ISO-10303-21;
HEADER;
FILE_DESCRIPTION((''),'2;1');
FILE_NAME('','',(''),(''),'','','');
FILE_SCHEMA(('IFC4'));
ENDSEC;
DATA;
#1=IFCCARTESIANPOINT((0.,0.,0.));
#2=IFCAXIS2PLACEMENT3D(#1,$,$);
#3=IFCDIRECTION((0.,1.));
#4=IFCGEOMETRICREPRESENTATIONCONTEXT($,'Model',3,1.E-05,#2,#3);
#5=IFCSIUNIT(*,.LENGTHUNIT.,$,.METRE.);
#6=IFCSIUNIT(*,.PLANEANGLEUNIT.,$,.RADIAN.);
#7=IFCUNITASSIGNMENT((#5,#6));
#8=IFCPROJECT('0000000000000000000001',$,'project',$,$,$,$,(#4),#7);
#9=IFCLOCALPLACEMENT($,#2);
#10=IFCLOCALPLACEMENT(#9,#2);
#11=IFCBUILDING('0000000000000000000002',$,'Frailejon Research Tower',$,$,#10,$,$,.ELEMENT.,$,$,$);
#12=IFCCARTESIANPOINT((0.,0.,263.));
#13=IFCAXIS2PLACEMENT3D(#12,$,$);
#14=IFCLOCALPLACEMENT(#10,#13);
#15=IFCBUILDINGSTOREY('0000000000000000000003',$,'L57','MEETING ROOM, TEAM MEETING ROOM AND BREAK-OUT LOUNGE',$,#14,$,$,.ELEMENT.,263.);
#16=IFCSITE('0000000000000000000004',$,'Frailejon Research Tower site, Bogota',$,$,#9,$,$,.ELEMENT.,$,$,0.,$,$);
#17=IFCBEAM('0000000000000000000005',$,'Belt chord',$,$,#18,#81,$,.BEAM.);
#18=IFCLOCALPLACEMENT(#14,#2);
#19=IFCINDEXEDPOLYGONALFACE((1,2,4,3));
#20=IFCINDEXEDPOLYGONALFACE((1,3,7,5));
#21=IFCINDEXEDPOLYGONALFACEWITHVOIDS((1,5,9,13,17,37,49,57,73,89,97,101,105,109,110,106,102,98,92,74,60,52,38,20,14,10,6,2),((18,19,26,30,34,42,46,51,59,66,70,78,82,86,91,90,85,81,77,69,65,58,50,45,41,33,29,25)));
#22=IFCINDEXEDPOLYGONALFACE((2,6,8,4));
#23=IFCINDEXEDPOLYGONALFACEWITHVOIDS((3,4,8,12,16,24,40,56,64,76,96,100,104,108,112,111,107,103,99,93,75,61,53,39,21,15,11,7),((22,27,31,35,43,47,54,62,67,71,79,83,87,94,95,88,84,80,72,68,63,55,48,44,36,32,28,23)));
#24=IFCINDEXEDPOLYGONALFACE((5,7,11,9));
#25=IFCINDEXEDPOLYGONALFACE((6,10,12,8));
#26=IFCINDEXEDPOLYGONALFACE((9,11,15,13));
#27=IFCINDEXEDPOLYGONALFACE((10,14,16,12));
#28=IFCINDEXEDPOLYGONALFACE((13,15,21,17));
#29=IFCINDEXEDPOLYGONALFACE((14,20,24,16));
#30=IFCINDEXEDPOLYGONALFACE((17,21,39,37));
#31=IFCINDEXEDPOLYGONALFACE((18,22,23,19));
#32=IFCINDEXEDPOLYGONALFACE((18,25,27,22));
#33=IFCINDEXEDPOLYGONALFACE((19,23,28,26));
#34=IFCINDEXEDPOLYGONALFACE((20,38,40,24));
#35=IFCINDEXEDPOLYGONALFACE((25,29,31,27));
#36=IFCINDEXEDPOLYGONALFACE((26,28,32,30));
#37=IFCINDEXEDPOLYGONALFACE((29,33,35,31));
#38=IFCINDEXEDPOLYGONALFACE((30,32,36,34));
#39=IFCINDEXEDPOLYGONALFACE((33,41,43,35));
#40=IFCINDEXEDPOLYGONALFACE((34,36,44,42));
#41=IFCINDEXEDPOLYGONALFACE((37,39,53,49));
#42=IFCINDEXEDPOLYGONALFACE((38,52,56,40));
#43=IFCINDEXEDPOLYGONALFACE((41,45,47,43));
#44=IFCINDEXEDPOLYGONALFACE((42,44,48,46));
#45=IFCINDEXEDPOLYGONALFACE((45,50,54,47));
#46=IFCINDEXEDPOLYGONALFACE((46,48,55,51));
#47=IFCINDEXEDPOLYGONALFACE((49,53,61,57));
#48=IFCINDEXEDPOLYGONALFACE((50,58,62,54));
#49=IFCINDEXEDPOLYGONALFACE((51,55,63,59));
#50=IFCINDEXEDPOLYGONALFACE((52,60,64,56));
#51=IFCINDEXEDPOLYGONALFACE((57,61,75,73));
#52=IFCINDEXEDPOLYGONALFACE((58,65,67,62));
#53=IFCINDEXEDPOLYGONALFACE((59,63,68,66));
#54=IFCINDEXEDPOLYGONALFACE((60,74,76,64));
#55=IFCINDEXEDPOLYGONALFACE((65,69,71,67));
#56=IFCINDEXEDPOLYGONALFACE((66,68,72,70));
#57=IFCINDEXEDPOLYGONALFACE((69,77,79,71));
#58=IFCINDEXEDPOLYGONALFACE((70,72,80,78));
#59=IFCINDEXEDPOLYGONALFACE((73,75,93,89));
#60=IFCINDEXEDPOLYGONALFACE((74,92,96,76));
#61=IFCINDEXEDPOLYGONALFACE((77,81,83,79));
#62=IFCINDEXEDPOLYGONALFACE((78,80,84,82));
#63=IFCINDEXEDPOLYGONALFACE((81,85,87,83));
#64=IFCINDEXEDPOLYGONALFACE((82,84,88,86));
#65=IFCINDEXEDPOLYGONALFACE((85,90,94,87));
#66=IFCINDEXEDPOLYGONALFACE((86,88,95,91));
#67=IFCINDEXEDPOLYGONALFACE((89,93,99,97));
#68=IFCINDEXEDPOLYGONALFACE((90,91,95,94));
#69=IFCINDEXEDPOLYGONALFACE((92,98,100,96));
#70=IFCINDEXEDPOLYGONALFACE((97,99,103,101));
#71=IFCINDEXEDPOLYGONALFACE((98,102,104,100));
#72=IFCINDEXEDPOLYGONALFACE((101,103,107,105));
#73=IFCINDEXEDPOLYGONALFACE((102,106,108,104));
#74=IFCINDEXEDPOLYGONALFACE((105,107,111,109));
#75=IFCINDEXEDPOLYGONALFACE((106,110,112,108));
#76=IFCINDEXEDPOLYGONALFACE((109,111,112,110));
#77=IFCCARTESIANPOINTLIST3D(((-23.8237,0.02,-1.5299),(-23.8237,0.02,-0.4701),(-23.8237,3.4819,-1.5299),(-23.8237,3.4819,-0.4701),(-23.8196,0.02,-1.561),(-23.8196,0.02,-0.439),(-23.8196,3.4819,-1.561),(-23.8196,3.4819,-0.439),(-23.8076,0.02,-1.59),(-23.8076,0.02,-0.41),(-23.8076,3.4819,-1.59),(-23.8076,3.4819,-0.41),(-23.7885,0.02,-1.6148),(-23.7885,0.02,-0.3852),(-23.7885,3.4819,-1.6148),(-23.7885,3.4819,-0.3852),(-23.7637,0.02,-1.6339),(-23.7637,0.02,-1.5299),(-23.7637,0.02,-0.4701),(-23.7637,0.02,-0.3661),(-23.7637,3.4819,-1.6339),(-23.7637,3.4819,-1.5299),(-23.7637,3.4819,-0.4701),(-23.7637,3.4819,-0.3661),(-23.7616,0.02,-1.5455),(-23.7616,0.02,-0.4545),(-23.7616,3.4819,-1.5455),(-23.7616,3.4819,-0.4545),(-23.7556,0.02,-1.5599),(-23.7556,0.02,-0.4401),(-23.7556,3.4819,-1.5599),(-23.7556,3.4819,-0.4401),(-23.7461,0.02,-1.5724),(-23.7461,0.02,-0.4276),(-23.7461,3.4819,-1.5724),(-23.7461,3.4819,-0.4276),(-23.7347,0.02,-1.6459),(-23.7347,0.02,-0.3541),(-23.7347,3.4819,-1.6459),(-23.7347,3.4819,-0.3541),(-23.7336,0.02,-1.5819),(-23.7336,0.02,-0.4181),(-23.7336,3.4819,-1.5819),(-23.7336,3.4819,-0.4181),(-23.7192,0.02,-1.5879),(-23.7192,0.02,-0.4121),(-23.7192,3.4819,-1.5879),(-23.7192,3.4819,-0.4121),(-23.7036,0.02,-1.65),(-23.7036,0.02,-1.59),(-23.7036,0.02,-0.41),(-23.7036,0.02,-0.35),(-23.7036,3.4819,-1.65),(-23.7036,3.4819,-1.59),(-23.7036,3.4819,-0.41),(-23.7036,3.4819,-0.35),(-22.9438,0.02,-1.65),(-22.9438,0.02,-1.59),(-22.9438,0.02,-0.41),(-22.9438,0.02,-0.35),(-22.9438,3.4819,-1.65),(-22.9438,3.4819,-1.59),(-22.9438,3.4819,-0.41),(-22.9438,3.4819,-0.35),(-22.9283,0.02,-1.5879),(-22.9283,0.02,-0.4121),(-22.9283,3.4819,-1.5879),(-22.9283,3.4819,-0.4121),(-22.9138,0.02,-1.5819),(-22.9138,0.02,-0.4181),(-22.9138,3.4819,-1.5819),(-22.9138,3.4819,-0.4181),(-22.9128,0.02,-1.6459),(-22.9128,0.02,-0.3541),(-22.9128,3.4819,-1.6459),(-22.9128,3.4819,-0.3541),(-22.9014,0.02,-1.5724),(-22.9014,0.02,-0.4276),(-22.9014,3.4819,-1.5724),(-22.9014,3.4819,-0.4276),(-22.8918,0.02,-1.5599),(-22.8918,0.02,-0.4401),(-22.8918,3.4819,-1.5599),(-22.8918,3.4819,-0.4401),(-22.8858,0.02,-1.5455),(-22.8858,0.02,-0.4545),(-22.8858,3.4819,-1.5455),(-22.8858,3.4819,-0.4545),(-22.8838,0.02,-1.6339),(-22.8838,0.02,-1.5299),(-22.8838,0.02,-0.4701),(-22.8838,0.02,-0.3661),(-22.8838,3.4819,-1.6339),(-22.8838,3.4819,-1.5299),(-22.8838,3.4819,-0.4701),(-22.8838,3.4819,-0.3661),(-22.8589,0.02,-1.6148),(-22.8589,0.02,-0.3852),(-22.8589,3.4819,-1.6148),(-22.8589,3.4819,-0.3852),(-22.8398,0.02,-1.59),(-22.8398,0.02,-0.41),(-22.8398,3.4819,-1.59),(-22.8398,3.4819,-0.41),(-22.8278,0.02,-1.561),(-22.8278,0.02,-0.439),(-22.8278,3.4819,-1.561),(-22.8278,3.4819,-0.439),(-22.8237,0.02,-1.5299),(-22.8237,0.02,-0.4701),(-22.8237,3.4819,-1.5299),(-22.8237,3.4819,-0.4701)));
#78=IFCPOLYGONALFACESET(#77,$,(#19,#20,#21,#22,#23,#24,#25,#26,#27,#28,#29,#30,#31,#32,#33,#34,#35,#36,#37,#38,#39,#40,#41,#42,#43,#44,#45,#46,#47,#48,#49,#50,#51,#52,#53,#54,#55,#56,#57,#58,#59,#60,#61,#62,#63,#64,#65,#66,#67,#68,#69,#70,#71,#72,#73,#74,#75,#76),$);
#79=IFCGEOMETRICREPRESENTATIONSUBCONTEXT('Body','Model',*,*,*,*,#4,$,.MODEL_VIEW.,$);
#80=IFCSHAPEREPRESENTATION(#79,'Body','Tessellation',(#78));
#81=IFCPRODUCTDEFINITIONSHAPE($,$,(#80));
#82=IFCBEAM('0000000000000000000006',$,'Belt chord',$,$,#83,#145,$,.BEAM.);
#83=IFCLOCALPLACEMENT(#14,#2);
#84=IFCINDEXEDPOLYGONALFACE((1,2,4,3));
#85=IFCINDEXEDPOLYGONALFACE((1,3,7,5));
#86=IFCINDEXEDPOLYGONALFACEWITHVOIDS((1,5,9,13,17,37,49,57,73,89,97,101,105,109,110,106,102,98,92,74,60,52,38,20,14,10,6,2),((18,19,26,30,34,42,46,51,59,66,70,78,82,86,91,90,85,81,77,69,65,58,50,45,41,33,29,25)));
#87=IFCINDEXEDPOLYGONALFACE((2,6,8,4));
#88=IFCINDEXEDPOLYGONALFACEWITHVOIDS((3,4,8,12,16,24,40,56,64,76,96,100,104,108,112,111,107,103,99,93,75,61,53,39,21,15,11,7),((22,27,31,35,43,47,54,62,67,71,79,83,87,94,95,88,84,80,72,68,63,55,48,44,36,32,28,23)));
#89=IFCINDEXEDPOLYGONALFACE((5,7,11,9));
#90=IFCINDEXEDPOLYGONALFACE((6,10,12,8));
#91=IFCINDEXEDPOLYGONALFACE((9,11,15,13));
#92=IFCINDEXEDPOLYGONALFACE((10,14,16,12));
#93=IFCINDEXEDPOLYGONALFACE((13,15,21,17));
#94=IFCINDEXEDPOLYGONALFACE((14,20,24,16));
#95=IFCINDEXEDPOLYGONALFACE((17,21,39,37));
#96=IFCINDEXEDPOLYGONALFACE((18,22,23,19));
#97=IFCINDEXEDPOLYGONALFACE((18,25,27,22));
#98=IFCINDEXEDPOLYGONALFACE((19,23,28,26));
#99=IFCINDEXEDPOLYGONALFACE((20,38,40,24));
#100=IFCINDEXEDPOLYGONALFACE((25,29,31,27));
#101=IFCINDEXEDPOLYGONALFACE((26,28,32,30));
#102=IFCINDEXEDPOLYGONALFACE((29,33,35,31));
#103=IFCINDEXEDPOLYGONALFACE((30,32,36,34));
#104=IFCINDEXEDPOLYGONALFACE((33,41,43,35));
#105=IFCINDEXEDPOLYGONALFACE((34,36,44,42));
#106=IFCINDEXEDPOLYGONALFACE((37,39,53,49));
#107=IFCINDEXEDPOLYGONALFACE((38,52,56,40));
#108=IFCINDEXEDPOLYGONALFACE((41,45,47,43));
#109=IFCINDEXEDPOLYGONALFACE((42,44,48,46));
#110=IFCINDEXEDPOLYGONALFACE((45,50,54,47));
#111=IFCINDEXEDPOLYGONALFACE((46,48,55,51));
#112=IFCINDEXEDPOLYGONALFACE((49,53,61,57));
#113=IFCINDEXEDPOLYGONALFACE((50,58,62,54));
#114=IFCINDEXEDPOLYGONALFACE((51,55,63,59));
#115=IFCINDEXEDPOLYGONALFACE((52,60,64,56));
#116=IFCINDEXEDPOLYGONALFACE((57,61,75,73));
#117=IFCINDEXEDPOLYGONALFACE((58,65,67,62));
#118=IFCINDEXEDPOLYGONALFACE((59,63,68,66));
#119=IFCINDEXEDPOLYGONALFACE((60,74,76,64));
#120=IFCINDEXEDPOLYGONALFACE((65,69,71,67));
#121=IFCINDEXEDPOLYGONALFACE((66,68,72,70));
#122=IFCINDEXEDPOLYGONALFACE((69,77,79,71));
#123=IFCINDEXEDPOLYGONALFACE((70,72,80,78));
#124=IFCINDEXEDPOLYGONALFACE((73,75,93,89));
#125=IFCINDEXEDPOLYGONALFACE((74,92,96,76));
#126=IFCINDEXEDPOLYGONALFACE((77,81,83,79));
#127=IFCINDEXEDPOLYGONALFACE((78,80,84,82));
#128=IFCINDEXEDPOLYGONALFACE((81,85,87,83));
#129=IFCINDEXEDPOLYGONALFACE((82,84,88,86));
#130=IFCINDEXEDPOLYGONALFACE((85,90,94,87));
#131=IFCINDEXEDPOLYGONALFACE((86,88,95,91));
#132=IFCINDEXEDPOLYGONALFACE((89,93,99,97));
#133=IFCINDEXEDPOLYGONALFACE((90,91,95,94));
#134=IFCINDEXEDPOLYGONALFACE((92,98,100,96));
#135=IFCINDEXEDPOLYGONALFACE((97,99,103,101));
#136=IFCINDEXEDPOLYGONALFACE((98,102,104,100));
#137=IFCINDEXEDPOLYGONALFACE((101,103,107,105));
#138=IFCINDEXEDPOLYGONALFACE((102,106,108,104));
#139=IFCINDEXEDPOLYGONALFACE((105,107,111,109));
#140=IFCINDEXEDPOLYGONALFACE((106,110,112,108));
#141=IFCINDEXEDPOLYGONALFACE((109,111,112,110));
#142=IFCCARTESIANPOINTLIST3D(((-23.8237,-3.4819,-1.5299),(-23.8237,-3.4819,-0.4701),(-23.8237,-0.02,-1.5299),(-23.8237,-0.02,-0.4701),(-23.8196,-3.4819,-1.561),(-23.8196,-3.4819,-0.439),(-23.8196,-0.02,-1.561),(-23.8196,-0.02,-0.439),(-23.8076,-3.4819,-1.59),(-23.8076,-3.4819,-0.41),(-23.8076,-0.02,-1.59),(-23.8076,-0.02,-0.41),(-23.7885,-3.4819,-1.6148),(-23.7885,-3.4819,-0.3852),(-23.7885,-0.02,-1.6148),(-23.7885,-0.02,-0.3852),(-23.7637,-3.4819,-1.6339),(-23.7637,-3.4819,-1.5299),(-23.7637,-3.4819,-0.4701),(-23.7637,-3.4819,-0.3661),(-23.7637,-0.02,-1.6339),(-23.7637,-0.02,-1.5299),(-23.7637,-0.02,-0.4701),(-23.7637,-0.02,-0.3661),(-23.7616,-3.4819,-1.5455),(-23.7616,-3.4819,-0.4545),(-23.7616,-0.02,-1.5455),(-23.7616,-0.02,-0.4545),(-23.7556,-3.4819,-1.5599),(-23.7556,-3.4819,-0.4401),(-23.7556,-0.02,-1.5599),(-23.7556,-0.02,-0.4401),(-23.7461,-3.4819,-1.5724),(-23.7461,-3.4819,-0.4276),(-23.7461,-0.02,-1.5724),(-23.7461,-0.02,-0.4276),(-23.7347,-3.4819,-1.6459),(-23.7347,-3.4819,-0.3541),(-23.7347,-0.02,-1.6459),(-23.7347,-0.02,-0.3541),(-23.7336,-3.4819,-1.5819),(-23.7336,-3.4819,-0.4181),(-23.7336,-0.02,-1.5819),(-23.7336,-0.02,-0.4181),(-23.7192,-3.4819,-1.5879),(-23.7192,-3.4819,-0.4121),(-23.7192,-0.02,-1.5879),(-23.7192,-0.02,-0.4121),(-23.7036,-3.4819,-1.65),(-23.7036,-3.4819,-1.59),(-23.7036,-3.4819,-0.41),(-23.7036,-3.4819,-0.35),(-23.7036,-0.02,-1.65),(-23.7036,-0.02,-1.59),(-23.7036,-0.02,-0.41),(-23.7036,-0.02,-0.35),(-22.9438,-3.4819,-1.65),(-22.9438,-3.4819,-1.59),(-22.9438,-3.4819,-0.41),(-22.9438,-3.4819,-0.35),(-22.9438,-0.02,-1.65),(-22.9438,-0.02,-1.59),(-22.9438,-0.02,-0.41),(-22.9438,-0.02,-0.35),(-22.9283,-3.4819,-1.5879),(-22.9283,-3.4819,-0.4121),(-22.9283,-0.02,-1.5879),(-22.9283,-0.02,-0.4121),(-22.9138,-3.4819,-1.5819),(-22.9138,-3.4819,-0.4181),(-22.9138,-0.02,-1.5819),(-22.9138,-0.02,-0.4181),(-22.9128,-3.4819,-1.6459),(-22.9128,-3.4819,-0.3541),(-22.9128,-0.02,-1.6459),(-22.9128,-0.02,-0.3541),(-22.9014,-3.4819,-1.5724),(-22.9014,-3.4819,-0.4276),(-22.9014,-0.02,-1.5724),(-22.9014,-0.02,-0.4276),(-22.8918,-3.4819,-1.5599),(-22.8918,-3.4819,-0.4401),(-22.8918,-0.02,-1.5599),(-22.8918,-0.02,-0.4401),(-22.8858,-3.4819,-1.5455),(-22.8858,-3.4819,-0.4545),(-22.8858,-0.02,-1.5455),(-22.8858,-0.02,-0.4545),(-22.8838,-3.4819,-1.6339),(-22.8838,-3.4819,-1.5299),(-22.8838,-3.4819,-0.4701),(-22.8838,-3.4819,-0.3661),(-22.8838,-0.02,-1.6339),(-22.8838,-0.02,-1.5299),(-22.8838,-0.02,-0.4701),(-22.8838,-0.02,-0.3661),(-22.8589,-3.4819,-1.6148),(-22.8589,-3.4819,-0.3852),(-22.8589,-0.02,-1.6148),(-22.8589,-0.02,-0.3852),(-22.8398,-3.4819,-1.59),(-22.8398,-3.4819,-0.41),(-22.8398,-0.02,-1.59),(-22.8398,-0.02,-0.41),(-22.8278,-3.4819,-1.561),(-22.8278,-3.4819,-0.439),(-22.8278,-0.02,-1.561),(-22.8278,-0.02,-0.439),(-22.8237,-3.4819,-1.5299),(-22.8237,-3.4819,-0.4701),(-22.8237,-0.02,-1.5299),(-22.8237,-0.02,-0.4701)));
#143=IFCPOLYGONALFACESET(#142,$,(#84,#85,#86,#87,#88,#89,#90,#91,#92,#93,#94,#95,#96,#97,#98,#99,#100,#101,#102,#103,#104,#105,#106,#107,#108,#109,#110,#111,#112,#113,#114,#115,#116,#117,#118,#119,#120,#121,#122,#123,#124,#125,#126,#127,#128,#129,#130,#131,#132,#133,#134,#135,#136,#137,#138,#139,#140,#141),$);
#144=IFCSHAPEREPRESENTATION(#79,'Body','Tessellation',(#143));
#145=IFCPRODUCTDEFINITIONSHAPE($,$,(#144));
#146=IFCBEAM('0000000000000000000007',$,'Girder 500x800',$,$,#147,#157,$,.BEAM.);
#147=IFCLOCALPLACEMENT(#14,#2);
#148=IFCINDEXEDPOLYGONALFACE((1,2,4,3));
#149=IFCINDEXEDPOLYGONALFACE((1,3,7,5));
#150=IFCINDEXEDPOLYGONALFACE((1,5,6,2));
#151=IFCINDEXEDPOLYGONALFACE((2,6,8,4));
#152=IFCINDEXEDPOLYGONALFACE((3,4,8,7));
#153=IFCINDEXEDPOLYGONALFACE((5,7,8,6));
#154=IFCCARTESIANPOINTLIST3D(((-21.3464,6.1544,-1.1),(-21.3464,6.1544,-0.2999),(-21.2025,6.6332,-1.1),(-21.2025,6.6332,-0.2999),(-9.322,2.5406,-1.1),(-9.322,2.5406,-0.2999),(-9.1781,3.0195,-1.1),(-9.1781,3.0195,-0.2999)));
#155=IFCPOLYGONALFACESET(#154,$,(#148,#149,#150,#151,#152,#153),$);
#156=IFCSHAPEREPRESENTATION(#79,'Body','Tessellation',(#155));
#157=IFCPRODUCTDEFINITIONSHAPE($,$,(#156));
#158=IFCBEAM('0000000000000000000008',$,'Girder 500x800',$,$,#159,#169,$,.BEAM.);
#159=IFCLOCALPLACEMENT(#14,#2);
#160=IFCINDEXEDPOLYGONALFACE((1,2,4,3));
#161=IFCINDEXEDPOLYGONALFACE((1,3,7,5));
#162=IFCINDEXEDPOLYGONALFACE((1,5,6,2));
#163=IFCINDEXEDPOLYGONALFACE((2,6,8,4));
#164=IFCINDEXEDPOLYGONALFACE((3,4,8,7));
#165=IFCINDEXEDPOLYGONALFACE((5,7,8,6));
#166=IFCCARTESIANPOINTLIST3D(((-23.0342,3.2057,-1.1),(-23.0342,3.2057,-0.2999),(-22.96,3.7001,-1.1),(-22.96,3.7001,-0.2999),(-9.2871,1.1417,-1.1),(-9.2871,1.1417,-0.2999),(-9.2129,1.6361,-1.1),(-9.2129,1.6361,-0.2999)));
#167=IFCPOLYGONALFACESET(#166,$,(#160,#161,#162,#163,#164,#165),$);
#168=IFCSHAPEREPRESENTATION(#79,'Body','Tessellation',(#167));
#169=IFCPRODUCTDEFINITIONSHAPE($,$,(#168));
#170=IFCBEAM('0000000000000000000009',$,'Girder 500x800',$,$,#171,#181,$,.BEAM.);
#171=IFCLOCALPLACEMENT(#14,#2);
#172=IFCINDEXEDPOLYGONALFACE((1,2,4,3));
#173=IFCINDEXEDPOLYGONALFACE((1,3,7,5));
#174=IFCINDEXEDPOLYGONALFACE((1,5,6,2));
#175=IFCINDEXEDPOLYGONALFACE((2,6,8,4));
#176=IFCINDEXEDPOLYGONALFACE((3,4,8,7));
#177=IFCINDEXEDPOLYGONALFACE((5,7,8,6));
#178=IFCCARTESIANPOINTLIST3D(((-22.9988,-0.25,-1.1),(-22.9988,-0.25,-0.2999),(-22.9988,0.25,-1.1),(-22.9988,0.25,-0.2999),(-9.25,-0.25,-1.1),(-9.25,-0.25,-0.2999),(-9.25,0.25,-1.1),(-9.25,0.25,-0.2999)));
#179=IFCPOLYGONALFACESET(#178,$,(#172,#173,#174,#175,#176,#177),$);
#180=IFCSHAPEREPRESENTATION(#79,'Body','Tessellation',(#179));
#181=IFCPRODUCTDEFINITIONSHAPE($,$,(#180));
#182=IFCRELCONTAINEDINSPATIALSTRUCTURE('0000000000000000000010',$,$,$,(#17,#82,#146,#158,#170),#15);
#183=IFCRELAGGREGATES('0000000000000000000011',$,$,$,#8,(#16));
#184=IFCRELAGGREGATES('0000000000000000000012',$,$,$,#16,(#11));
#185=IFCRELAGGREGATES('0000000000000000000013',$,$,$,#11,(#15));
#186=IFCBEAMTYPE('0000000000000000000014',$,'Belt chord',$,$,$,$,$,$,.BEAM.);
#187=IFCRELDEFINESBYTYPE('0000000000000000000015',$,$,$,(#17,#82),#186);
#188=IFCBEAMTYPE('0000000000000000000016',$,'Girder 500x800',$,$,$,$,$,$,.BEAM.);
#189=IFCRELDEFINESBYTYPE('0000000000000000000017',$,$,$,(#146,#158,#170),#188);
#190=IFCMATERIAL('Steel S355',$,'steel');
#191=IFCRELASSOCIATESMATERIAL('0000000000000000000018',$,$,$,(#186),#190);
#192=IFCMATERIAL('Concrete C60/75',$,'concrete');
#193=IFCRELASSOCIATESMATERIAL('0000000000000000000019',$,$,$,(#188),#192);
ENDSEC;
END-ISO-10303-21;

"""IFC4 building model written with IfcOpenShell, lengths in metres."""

from ifc_helpers import new_model, si_unit, direction, frame, origin, origin_2d, place, context, subcontext, project, spatial, rectangle, hollow_rectangle, extrude, material, material_profile, profile_set, type_object, element, save


model = new_model("IFC4")

# Units and contexts
model_context = context("Model", 3, precision=1e-05, world=origin(), true_north=direction((0.0, 1.0)))
body_context = subcontext(model_context, "Body", "Model", "MODEL_VIEW")
ifc_project = project(units=[si_unit("LENGTHUNIT", "METRE"), si_unit("PLANEANGLEUNIT", "RADIAN")], contexts=[model_context])

# Site, building, storey
site_placement = place(None, origin())
site = spatial("IfcSite", under=ifc_project, at=site_placement, Name="Frailejon Research Tower site, Bogota", CompositionType="ELEMENT", RefElevation=0.0)
building_placement = place(site_placement, origin())
building = spatial("IfcBuilding", under=site, at=building_placement, Name="Frailejon Research Tower", CompositionType="ELEMENT")
storey_placement = place(building_placement, frame((0.0, 0.0, 263.0)))
storey = spatial("IfcBuildingStorey", under=building, at=storey_placement, Name="L57", Description="MEETING ROOM, TEAM MEETING ROOM AND BREAK-OUT LOUNGE", CompositionType="ELEMENT", Elevation=263.0)

# Beams
ifc_material_1 = material(Name="Steel S355", Category="steel")
ifc_material_profile_1 = material_profile(ifc_material_1, hollow_rectangle(XDim=1.0, YDim=1.3, WallThickness=0.0601, InnerFilletRadius=0.0601, OuterFilletRadius=0.1201, at=origin_2d()), Name="Belt chord")
ifc_profile_set_1 = profile_set([ifc_material_profile_1], Name="Steel S355")
beam_type_1 = type_object("IfcBeamType", Name="Belt chord", PredefinedType="BEAM", material=ifc_profile_set_1)
for number, where, z_axis, x_axis, name in (
    (1, (-23.3237, 3.4819, -1.0), (0.0, -1.0, 0.0), (1.0, 0.0, 0.0), "Belt chord"),
    (2, (-23.3237, -0.02, -1.0), (0.0, -1.0, 0.0), (1.0, 0.0, 0.0), "Belt chord"),
):
    element("IfcBeam", number, at=place(storey_placement, frame(where, z_axis=z_axis, x_axis=x_axis)), inside=storey, type_object=beam_type_1, Name=name, PredefinedType="BEAM", context=body_context, shape_type="SweptSolid", body=[
        extrude(hollow_rectangle(XDim=1.0, YDim=1.3, WallThickness=0.0601, InnerFilletRadius=0.0601, OuterFilletRadius=0.1201, at=origin_2d()), origin(), (0.0, 0.0, 1.0), 3.4619),
    ])
ifc_material_2 = material(Name="Concrete C60/75", Category="concrete")
ifc_material_profile_2 = material_profile(ifc_material_2, rectangle(XDim=0.5, YDim=0.8, at=origin_2d()), Name="Girder 500x800")
ifc_profile_set_2 = profile_set([ifc_material_profile_2], Name="Concrete C60/75")
beam_type_2 = type_object("IfcBeamType", Name="Girder 500x800", PredefinedType="BEAM", material=ifc_profile_set_2)
beam_1_placement = place(storey_placement, frame((-21.2744, 6.3938, -0.7), z_axis=(0.957685, -0.287819, 0.0), x_axis=(0.287819, 0.957685, 0.0)))
element("IfcBeam", 3, at=beam_1_placement, inside=storey, type_object=beam_type_2, Name="Girder 500x800", PredefinedType="BEAM", context=body_context, shape_type="SweptSolid", body=[
    extrude(rectangle(XDim=0.5, YDim=0.8, at=origin_2d()), origin(), (0.0, 0.0, 1.0), 12.5557),
])
beam_2_placement = place(storey_placement, frame((-22.9971, 3.4529, -0.7), z_axis=(0.988916, -0.148474, 0.0), x_axis=(0.148474, 0.988916, 0.0)))
element("IfcBeam", 4, at=beam_2_placement, inside=storey, type_object=beam_type_2, Name="Girder 500x800", PredefinedType="BEAM", context=body_context, shape_type="SweptSolid", body=[
    extrude(rectangle(XDim=0.5, YDim=0.8, at=origin_2d()), origin(), (0.0, 0.0, 1.0), 13.9011),
])
beam_3_placement = place(storey_placement, frame((-22.9988, 0.0, -0.7), z_axis=(1.0, 0.0, 0.0), x_axis=(0.0, 1.0, 0.0)))
element("IfcBeam", 5, at=beam_3_placement, inside=storey, type_object=beam_type_2, Name="Girder 500x800", PredefinedType="BEAM", context=body_context, shape_type="SweptSolid", body=[
    extrude(rectangle(XDim=0.5, YDim=0.8, at=origin_2d()), origin(), (0.0, 0.0, 1.0), 13.7488),
])

save(model, "model.ifc")
